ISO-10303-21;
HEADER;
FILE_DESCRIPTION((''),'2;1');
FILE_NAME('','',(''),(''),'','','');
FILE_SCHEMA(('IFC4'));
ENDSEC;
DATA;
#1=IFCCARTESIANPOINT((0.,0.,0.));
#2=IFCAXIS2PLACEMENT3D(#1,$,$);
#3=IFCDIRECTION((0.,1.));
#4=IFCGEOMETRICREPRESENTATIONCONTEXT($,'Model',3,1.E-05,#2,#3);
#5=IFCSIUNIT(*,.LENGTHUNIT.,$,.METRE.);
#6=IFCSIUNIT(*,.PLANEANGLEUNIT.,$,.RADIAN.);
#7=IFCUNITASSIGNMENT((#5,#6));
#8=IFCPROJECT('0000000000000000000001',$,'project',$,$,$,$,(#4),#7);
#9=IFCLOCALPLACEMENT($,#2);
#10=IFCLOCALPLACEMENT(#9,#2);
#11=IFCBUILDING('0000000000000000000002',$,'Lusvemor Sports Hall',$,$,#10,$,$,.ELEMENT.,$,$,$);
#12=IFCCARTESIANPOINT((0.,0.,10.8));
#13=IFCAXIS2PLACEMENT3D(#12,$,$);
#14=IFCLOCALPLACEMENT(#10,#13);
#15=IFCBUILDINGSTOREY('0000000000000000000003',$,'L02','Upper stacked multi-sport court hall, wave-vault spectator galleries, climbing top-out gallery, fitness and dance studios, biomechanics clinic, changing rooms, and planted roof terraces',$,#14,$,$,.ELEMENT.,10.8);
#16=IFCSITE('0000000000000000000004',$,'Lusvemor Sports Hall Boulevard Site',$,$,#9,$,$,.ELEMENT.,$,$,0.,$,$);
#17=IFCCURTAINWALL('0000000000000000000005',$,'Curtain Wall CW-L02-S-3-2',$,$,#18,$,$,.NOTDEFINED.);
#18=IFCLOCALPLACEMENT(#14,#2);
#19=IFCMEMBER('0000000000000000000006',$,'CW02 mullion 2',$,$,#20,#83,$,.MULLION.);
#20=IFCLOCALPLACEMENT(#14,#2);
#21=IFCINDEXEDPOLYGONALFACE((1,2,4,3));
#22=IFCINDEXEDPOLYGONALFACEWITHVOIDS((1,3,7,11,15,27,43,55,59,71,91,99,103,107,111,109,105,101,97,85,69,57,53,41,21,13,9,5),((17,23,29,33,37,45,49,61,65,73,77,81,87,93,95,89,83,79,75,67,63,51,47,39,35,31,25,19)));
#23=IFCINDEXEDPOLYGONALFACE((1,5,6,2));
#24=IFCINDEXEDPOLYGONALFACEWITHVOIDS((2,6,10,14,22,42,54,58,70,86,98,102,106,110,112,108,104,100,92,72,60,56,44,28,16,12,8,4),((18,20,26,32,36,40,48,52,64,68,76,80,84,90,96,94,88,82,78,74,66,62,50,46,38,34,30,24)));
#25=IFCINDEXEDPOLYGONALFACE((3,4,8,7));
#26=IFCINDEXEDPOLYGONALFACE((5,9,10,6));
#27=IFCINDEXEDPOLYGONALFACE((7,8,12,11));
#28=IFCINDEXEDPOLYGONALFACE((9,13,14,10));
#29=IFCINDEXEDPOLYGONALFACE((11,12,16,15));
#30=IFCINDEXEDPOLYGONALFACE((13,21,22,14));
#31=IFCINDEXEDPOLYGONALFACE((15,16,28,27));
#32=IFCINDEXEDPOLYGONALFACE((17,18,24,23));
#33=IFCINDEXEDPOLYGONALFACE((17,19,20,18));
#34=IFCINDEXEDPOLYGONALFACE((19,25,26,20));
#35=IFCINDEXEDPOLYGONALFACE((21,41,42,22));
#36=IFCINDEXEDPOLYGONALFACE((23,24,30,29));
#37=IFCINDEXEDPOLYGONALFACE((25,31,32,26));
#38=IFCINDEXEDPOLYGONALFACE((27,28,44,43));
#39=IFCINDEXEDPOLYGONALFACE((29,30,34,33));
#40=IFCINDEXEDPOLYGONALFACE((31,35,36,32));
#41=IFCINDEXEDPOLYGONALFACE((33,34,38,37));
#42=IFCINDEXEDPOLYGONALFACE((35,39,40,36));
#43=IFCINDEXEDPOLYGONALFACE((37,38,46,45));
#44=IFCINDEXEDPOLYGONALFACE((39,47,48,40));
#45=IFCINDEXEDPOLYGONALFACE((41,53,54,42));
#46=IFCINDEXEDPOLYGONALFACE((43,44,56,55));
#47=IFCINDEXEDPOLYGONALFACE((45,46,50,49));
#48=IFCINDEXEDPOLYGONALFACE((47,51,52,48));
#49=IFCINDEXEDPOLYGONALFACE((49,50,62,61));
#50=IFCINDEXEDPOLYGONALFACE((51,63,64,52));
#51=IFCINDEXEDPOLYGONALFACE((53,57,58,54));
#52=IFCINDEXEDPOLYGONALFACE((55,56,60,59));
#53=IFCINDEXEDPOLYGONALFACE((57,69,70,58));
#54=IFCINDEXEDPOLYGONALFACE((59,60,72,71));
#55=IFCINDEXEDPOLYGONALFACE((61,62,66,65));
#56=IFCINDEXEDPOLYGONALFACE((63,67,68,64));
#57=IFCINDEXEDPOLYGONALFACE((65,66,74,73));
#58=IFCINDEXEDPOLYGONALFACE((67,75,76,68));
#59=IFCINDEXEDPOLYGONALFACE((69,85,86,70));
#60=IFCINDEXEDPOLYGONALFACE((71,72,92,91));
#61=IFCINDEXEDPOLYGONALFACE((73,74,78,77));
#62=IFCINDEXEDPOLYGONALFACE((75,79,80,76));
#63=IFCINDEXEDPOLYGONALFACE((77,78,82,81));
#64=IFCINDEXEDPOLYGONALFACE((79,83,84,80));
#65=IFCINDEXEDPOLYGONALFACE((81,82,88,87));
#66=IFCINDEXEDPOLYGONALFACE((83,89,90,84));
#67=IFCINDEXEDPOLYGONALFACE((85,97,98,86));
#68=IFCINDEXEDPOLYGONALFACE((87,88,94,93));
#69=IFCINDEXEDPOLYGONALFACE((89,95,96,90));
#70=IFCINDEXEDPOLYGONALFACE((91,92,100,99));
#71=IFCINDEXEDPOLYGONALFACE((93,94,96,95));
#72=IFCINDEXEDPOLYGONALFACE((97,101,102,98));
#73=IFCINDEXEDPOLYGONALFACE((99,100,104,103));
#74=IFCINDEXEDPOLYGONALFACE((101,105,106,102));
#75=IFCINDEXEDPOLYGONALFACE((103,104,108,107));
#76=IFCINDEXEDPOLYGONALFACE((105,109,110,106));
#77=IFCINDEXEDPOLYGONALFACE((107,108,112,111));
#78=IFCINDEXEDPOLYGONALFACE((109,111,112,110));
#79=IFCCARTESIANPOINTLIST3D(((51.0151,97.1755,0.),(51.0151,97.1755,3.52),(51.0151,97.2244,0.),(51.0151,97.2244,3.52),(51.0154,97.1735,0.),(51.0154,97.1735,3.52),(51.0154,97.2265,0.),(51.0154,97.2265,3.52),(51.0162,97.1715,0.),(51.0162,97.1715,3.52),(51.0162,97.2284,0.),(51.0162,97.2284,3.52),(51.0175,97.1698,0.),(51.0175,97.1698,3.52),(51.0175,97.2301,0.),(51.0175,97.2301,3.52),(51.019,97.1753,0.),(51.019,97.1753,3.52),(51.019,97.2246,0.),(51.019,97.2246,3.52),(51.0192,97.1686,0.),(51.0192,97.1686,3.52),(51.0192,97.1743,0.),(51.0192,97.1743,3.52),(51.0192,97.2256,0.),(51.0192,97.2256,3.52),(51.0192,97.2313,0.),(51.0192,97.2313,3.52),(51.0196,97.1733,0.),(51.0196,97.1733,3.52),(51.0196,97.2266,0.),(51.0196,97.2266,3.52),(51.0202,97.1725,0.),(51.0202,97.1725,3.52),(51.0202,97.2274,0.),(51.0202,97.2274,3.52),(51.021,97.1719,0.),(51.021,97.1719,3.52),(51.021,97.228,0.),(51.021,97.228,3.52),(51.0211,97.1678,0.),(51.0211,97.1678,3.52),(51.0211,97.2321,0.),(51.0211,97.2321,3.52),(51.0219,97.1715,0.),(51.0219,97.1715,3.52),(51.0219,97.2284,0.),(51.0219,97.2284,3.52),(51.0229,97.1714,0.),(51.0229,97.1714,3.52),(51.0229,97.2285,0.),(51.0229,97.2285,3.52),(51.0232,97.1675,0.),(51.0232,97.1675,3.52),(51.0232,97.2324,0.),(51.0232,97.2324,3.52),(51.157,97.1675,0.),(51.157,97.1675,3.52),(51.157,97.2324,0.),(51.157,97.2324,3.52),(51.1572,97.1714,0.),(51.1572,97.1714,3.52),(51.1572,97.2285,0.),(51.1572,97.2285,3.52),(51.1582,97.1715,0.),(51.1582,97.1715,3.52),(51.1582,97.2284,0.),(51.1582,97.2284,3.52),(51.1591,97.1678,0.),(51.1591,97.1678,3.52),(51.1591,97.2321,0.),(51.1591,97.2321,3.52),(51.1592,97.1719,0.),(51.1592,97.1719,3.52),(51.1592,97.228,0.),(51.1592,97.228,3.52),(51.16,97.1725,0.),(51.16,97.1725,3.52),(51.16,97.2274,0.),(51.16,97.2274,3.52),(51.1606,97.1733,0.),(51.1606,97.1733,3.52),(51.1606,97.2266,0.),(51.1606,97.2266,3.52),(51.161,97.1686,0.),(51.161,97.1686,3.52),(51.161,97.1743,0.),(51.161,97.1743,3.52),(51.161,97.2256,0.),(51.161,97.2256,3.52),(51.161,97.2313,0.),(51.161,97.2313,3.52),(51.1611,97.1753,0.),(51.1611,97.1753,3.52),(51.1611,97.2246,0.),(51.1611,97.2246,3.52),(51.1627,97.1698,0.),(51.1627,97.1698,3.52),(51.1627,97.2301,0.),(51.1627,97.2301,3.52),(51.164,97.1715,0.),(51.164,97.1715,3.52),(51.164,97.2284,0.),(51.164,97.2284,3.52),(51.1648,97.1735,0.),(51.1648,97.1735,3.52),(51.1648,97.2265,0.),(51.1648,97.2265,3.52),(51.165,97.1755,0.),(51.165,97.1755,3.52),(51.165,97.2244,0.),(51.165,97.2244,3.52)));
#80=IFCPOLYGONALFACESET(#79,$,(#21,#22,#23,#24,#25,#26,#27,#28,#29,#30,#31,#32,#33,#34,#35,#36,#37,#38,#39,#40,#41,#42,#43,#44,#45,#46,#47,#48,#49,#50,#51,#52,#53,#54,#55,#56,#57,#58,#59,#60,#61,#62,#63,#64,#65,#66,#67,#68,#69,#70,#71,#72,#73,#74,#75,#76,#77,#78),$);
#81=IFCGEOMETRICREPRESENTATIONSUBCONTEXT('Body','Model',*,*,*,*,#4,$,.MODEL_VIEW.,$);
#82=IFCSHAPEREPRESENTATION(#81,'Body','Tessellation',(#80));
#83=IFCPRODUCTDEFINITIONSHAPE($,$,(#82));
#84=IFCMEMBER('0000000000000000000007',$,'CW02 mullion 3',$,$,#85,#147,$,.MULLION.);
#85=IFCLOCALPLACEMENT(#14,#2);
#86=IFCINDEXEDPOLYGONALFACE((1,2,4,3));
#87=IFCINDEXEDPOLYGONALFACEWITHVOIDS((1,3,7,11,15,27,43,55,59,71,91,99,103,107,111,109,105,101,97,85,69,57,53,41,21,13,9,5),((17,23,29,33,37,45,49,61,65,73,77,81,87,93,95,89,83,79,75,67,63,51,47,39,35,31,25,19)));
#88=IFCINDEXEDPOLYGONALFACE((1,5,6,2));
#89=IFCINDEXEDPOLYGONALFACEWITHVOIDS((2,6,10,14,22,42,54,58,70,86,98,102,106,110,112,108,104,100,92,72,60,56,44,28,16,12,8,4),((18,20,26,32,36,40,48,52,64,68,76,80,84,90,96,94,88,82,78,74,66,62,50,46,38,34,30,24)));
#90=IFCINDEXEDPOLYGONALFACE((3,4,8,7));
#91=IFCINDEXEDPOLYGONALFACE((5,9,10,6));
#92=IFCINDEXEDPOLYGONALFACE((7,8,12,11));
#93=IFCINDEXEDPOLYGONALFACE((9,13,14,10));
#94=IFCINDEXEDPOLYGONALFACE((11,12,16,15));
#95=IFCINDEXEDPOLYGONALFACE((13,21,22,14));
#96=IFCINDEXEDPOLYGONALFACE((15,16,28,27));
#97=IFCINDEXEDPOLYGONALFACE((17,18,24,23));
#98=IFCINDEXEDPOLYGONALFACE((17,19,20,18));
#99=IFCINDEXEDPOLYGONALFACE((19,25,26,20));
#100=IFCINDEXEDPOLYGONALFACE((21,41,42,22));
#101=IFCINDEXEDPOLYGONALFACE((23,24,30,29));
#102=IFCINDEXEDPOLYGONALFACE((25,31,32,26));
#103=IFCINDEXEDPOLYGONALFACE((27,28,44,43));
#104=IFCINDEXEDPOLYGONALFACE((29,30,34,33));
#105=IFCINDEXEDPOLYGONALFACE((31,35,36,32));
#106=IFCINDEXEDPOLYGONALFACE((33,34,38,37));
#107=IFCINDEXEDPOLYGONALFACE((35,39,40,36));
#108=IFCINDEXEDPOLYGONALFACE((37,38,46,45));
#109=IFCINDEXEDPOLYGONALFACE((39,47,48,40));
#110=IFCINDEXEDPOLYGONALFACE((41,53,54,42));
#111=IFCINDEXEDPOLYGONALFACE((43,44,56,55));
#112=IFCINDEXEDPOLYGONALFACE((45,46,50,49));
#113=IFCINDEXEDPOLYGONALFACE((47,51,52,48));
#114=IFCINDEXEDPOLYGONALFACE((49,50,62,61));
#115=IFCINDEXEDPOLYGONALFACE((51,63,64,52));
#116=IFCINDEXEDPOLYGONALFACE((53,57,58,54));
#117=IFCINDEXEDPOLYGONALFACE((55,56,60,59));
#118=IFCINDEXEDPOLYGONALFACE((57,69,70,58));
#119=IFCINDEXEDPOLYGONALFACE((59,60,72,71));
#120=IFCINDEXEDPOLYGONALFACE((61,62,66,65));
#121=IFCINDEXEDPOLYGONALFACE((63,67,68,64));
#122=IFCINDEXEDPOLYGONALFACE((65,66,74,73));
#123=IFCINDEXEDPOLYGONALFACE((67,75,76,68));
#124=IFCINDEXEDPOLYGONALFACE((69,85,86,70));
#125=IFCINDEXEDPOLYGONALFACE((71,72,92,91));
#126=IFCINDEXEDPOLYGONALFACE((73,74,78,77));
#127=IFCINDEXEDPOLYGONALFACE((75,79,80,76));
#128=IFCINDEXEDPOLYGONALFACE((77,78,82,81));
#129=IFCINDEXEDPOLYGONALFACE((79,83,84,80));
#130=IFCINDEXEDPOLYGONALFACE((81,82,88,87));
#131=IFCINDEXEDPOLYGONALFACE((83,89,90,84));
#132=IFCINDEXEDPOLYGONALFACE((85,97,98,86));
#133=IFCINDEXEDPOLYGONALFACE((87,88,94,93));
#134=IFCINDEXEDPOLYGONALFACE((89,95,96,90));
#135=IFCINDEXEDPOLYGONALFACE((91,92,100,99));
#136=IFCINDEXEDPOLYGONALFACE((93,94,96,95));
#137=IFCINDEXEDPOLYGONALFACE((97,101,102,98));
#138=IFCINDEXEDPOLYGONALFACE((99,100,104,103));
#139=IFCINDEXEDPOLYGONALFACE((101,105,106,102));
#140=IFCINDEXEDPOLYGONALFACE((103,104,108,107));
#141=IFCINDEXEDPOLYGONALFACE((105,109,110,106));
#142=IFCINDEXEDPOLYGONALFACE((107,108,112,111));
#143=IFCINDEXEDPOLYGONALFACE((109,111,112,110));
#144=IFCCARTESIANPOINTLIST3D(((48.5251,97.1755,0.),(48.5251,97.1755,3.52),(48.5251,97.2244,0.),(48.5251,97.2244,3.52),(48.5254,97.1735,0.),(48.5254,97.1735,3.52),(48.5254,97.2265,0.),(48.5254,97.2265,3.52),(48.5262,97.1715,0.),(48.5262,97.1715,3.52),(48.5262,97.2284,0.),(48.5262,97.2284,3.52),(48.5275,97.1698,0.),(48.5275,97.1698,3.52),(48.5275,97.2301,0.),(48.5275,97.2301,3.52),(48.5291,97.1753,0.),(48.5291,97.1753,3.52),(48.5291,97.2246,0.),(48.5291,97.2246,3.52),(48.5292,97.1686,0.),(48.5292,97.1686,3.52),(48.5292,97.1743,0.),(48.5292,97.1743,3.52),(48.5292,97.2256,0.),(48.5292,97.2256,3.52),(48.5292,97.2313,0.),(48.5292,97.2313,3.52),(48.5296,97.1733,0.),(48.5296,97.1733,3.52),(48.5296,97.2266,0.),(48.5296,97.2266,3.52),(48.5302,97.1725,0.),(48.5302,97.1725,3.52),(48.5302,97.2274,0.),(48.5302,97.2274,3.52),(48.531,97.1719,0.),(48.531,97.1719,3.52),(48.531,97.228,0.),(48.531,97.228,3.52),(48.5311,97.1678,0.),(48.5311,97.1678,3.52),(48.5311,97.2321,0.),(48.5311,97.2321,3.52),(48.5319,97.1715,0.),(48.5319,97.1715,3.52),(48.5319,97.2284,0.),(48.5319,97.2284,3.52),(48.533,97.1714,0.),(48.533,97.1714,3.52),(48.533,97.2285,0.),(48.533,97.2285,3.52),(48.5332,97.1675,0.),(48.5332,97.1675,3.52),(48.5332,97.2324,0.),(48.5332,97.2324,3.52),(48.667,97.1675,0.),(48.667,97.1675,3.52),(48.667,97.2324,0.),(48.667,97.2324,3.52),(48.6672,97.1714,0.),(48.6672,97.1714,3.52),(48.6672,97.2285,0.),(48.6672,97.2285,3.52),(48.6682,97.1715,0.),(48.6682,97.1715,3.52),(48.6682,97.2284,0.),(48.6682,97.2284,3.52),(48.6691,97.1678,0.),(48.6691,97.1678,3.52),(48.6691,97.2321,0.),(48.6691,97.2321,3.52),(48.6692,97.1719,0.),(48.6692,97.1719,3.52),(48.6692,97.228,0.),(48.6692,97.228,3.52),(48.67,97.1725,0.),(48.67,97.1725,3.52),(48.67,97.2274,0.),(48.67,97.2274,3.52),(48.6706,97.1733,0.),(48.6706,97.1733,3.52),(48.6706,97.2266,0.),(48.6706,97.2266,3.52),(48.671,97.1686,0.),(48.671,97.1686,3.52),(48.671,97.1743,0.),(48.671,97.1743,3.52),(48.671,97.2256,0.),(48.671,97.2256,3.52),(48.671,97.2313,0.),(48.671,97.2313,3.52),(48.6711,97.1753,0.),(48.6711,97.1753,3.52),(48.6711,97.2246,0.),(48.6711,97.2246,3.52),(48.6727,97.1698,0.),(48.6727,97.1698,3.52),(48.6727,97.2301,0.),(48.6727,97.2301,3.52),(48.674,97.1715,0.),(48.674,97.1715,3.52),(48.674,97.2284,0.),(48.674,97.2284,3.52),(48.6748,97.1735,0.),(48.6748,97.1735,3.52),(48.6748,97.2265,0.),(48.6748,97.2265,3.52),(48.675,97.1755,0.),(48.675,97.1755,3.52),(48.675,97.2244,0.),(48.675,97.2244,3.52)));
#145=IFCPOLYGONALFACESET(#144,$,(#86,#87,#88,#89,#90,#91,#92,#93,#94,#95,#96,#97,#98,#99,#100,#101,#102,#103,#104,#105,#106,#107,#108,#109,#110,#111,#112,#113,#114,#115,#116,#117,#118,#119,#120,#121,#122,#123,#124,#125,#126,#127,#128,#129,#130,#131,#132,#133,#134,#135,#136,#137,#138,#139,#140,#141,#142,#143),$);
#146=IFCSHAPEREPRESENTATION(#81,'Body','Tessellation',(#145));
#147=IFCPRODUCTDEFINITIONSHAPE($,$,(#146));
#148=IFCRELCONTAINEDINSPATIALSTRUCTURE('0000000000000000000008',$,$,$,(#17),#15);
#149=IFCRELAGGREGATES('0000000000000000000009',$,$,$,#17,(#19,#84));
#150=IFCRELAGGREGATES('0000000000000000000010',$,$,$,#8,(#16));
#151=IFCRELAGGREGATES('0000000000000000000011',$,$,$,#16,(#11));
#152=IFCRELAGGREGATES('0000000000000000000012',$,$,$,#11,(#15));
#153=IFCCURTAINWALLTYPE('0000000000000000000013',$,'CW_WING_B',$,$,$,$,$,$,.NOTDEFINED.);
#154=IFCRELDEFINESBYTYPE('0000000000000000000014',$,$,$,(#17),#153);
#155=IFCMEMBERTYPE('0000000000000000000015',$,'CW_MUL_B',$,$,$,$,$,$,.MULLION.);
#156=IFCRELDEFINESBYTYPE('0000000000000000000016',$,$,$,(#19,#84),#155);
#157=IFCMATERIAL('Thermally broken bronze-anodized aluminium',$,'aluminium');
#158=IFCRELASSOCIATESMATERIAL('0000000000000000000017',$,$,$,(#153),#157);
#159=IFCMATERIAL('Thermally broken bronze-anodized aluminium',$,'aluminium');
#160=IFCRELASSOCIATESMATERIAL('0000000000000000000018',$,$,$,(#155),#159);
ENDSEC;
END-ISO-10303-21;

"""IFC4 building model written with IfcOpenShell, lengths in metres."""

from ifc_helpers import new_model, si_unit, direction, frame, origin, origin_2d, place, context, subcontext, project, spatial, hollow_rectangle, extrude, material, material_profile, profile_set, type_object, element, aggregate, save


model = new_model("IFC4")

# Units and contexts
model_context = context("Model", 3, precision=1e-05, world=origin(), true_north=direction((0.0, 1.0)))
body_context = subcontext(model_context, "Body", "Model", "MODEL_VIEW")
ifc_project = project(units=[si_unit("LENGTHUNIT", "METRE"), si_unit("PLANEANGLEUNIT", "RADIAN")], contexts=[model_context])

# Site, building, storey
site_placement = place(None, origin())
site = spatial("IfcSite", under=ifc_project, at=site_placement, Name="Lusvemor Sports Hall Boulevard Site", CompositionType="ELEMENT", RefElevation=0.0)
building_placement = place(site_placement, origin())
building = spatial("IfcBuilding", under=site, at=building_placement, Name="Lusvemor Sports Hall", CompositionType="ELEMENT")
storey_placement = place(building_placement, frame((0.0, 0.0, 10.8)))
storey = spatial("IfcBuildingStorey", under=building, at=storey_placement, Name="L02", Description="Upper stacked multi-sport court hall, wave-vault spectator galleries, climbing top-out gallery, fitness and dance studios, biomechanics clinic, changing rooms, and planted roof terraces", CompositionType="ELEMENT", Elevation=10.8)

# Curtain wall, members
ifc_material_1 = material(Name="Thermally broken bronze-anodized aluminium", Category="aluminium")
curtain_wall_type = type_object("IfcCurtainWallType", Name="CW_WING_B", PredefinedType="NOTDEFINED", material=ifc_material_1)
curtain_wall_placement = place(storey_placement, origin())
curtain_wall = element("IfcCurtainWall", 1, at=curtain_wall_placement, inside=storey, type_object=curtain_wall_type, Name="Curtain Wall CW-L02-S-3-2", PredefinedType="NOTDEFINED")
ifc_material_2 = material(Name="Thermally broken bronze-anodized aluminium", Category="aluminium")
ifc_material_profile_1 = material_profile(ifc_material_2, hollow_rectangle(XDim=0.0649, YDim=0.1499, WallThickness=0.0039, InnerFilletRadius=0.0039, OuterFilletRadius=0.0081, at=origin_2d()), Name="CWMUL150x65x4")
ifc_profile_set_1 = profile_set([ifc_material_profile_1], Name="Thermally broken bronze-anodized aluminium")
member_type_1 = type_object("IfcMemberType", Name="CW_MUL_B", PredefinedType="MULLION", material=ifc_profile_set_1)
member_1_placement = place(storey_placement, frame((51.0901, 97.2, 0.0), z_axis=(0.0, 0.0, 1.0), x_axis=(0.0, -1.0, 0.0)))
member_1 = element("IfcMember", 2, at=member_1_placement, type_object=member_type_1, Name="CW02 mullion 2", PredefinedType="MULLION", context=body_context, shape_type="SweptSolid", body=[
    extrude(hollow_rectangle(XDim=0.0649, YDim=0.1499, WallThickness=0.0039, InnerFilletRadius=0.0039, OuterFilletRadius=0.0081, at=origin_2d()), origin(), (0.0, 0.0, 1.0), 3.52),
])
member_2_placement = place(storey_placement, frame((48.6001, 97.2, 0.0), z_axis=(0.0, 0.0, 1.0), x_axis=(0.0, -1.0, 0.0)))
member_2 = element("IfcMember", 3, at=member_2_placement, type_object=member_type_1, Name="CW02 mullion 3", PredefinedType="MULLION", context=body_context, shape_type="SweptSolid", body=[
    extrude(hollow_rectangle(XDim=0.0649, YDim=0.1499, WallThickness=0.0039, InnerFilletRadius=0.0039, OuterFilletRadius=0.0081, at=origin_2d()), origin(), (0.0, 0.0, 1.0), 3.52),
])

aggregate(curtain_wall, [member_1, member_2])

save(model, "model.ifc")
